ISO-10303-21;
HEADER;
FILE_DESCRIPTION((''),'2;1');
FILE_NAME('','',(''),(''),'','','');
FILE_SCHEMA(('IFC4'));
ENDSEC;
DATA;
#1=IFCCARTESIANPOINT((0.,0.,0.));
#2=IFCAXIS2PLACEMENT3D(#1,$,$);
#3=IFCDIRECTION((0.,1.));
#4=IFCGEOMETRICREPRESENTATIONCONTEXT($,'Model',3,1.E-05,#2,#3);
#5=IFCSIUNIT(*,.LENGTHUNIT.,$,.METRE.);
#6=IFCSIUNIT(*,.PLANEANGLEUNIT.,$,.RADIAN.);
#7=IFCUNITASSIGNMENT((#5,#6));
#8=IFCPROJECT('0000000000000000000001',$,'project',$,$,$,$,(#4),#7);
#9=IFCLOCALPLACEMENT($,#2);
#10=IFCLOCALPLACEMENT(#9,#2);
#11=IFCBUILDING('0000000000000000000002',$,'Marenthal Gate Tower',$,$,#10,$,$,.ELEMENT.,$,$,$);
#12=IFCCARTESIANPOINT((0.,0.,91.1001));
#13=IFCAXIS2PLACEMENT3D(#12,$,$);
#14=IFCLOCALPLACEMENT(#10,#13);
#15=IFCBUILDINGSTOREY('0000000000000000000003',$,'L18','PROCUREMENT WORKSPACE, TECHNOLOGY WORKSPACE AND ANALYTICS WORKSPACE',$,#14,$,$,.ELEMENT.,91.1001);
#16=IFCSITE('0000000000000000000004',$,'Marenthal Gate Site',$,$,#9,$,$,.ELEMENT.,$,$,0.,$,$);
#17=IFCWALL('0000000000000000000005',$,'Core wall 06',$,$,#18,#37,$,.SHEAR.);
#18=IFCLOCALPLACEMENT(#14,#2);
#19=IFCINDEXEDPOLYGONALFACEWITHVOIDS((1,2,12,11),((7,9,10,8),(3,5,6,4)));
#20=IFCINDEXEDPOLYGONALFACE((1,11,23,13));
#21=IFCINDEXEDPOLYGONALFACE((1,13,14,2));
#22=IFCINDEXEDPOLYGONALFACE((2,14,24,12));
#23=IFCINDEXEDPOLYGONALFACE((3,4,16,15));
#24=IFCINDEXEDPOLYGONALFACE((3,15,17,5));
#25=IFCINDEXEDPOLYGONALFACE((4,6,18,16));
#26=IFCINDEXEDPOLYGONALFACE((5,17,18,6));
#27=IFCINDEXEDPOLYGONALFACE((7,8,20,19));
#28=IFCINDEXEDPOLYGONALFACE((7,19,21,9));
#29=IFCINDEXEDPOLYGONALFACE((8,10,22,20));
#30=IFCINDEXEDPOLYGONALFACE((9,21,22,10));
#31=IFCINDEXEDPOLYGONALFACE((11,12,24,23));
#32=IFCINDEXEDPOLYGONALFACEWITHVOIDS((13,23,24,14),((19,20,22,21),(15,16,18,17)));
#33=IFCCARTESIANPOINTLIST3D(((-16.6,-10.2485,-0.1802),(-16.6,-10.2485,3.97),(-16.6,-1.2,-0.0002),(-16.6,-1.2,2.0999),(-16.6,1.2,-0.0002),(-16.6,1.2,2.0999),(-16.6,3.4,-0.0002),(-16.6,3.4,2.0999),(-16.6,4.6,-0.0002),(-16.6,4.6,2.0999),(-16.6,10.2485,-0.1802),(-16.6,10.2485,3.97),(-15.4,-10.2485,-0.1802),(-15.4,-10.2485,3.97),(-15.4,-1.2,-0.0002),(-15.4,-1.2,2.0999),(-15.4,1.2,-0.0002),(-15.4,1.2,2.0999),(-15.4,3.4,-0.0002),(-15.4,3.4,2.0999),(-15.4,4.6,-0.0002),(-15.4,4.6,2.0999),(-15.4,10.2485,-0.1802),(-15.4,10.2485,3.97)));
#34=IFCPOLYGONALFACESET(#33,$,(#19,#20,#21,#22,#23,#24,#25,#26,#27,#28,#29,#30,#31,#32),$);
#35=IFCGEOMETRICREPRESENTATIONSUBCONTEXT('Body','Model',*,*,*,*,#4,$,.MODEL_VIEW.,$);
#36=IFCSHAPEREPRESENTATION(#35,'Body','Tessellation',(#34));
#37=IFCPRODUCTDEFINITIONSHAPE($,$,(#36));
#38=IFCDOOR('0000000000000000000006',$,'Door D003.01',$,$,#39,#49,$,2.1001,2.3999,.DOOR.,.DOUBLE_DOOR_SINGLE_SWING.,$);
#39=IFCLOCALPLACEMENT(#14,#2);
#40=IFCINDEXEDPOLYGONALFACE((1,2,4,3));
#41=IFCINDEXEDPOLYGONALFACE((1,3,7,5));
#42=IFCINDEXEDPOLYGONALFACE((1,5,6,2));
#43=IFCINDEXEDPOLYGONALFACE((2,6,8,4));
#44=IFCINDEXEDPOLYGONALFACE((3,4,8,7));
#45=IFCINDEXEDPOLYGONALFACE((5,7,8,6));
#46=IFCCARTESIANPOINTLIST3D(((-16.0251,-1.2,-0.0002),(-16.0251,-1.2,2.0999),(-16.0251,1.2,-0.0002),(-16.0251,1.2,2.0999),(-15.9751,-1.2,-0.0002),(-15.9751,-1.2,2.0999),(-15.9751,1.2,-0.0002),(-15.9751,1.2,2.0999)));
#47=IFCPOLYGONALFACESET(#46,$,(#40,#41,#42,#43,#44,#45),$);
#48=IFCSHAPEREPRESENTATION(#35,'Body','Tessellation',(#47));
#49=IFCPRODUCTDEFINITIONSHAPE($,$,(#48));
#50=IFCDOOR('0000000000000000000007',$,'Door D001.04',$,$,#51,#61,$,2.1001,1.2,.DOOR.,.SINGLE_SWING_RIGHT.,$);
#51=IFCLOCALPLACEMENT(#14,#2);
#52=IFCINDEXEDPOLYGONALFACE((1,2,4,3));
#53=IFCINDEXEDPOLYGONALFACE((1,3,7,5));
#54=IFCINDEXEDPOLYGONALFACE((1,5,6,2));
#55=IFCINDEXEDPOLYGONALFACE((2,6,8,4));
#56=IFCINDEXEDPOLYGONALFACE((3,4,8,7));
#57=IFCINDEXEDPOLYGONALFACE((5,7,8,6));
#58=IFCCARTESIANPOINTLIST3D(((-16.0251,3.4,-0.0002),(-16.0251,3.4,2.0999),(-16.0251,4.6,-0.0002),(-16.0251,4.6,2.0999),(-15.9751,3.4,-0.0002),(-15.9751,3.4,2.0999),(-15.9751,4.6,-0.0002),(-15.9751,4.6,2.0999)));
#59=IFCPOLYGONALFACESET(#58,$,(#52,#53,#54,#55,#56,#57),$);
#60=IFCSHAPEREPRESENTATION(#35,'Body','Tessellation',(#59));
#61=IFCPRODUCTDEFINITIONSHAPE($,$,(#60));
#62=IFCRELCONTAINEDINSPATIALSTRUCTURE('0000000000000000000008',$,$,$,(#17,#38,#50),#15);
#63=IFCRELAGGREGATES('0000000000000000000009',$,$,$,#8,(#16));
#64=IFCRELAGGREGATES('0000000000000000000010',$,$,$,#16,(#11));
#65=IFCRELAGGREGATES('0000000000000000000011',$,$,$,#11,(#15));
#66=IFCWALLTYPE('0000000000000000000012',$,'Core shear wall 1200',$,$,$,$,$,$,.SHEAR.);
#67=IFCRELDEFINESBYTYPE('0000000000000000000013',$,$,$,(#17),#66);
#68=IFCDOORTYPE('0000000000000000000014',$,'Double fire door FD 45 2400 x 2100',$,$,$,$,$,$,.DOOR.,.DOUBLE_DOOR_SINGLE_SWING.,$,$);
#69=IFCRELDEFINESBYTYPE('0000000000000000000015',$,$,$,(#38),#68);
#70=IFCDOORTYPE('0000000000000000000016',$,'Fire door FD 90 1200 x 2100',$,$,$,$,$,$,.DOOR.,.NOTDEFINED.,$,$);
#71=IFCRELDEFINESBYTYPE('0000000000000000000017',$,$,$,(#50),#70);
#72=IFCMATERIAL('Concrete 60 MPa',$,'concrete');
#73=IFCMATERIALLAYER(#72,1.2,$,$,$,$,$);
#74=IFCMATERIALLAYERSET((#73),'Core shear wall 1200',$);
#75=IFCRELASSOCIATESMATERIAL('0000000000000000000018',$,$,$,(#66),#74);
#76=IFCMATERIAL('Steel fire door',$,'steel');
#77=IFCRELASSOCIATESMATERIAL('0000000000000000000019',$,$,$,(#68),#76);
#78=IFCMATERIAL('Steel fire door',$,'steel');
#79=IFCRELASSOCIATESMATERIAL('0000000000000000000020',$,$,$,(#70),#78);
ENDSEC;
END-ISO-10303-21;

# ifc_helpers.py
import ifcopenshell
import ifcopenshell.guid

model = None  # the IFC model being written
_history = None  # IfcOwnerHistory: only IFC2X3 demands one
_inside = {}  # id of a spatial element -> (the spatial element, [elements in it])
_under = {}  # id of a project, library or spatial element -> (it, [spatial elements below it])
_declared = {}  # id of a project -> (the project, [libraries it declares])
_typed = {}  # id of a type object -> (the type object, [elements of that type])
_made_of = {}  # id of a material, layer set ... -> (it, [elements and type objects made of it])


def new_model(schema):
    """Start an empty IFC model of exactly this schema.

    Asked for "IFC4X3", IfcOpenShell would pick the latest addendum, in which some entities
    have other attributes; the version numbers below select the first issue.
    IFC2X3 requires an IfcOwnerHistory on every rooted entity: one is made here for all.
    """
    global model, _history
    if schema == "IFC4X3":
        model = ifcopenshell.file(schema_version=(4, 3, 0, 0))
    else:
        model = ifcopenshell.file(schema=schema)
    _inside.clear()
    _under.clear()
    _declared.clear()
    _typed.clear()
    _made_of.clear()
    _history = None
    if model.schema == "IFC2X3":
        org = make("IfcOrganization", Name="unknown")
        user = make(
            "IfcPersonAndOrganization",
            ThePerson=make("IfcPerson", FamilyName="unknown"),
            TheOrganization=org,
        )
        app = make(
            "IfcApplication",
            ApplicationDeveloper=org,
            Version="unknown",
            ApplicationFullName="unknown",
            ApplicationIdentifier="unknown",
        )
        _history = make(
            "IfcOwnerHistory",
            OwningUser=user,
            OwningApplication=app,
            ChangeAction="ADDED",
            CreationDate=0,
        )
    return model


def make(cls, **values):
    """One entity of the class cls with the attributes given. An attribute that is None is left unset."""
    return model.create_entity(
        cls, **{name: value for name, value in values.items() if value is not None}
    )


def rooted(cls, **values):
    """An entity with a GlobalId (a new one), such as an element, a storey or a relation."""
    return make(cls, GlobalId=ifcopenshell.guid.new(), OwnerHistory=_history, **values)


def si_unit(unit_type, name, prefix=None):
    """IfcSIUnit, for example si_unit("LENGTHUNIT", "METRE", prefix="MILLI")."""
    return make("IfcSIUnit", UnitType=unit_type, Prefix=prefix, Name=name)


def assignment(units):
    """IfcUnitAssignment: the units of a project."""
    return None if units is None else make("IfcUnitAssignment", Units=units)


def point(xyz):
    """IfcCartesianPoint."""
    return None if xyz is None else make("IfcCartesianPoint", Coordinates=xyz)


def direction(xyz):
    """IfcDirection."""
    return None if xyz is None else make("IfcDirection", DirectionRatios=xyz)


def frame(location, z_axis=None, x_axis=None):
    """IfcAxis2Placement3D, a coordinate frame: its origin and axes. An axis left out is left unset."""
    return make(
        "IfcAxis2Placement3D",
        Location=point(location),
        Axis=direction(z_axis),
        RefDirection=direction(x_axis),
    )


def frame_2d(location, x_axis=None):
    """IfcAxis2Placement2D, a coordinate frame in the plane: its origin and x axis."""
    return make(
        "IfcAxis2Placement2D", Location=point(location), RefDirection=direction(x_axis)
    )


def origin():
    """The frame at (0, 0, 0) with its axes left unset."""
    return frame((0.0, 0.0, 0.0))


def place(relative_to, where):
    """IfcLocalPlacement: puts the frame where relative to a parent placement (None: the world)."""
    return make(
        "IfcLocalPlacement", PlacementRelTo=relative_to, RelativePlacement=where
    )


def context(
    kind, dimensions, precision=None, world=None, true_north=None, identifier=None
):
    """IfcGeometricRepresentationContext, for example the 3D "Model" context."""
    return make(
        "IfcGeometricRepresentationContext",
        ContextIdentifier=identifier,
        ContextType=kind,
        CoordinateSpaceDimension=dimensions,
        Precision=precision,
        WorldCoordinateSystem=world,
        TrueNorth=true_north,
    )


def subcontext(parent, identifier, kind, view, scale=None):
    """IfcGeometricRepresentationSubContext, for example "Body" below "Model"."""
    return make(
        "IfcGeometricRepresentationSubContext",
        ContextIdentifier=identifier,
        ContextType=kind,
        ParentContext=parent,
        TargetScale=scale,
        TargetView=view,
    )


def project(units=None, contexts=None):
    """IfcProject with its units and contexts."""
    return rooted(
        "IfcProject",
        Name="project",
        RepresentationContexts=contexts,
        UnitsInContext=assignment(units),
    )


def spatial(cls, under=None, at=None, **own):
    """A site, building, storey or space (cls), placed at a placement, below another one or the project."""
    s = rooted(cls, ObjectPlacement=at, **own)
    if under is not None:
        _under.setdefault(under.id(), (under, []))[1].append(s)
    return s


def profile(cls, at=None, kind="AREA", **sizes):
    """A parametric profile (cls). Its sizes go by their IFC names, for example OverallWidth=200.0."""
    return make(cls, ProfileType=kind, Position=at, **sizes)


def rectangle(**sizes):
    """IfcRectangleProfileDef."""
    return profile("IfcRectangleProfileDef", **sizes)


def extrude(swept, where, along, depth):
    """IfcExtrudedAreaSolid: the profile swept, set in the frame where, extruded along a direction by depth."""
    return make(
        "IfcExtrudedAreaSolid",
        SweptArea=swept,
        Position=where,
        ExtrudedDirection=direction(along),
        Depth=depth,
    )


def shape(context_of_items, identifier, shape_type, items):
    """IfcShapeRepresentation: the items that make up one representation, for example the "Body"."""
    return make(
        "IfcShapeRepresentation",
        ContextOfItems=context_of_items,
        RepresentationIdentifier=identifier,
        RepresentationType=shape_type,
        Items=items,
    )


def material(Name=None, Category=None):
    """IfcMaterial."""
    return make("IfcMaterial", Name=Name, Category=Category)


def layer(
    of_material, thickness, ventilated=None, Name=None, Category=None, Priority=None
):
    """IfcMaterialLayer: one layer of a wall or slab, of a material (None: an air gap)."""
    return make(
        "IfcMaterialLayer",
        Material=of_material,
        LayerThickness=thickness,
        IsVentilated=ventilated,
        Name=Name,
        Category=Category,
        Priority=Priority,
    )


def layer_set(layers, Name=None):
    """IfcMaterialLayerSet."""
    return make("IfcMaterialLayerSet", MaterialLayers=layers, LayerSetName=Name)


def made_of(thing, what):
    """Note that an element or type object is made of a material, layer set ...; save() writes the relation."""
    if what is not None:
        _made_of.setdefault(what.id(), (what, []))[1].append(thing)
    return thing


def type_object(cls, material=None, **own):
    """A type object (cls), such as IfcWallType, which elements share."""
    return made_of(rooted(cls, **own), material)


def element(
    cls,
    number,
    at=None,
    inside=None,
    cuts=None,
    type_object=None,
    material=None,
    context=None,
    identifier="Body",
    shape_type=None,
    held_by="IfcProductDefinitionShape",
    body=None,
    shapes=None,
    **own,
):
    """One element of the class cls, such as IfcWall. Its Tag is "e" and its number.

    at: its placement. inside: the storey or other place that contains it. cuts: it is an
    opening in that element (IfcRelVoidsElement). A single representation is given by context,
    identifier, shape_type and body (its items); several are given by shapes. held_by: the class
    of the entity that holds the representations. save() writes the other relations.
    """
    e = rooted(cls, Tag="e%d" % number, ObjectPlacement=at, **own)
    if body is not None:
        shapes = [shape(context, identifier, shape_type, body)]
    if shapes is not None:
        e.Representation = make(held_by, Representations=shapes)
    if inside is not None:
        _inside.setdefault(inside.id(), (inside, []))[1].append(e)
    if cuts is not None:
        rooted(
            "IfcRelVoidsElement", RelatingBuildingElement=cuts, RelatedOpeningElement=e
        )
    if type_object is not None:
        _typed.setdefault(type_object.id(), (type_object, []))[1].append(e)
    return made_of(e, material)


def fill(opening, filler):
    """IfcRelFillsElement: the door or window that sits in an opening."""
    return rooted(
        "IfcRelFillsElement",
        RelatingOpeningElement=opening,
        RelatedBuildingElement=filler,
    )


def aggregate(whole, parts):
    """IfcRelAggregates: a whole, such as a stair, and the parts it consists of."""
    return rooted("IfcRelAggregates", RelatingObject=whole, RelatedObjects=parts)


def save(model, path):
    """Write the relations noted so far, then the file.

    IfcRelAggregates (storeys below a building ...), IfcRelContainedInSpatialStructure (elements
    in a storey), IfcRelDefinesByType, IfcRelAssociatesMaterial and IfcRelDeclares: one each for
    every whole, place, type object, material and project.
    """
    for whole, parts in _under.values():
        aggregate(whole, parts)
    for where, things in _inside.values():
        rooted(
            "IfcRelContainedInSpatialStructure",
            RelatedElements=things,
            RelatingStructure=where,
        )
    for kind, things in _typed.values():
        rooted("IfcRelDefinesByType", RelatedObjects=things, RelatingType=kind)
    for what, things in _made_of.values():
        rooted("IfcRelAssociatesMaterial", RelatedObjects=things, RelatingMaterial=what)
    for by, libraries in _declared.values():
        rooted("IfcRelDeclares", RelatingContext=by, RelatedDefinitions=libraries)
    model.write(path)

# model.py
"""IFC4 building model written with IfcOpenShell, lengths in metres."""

from ifc_helpers import new_model, si_unit, direction, frame, frame_2d, origin, place, context, subcontext, project, spatial, rectangle, extrude, material, layer, layer_set, type_object, element, fill, save


model = new_model("IFC4")

# Units and contexts
model_context = context("Model", 3, precision=1e-05, world=origin(), true_north=direction((0.0, 1.0)))
body_context = subcontext(model_context, "Body", "Model", "MODEL_VIEW")
ifc_project = project(units=[si_unit("LENGTHUNIT", "METRE"), si_unit("PLANEANGLEUNIT", "RADIAN")], contexts=[model_context])

# Site, building, storey
site_placement = place(None, origin())
site = spatial("IfcSite", under=ifc_project, at=site_placement, Name="Marenthal Gate Site", CompositionType="ELEMENT", RefElevation=0.0)
building_placement = place(site_placement, origin())
building = spatial("IfcBuilding", under=site, at=building_placement, Name="Marenthal Gate Tower", CompositionType="ELEMENT")
storey_placement = place(building_placement, frame((0.0, 0.0, 91.1001)))
storey = spatial("IfcBuildingStorey", under=building, at=storey_placement, Name="L18", Description="PROCUREMENT WORKSPACE, TECHNOLOGY WORKSPACE AND ANALYTICS WORKSPACE", CompositionType="ELEMENT", Elevation=91.1001)

# Wall, openings, doors
ifc_material_1 = material(Name="Concrete 60 MPa", Category="concrete")
ifc_layer_1 = layer(ifc_material_1, 1.2)
ifc_layer_set_1 = layer_set([ifc_layer_1], Name="Core shear wall 1200")
wall_type_1 = type_object("IfcWallType", Name="Core shear wall 1200", PredefinedType="SHEAR", material=ifc_layer_set_1)
wall_1_placement = place(storey_placement, frame((-16.0, 10.2485, -0.1802), z_axis=(0.0, 0.0, 1.0), x_axis=(0.0, -1.0, 0.0)))
wall_1 = element("IfcWall", 1, at=wall_1_placement, inside=storey, type_object=wall_type_1, Name="Core wall 06", PredefinedType="SHEAR", context=body_context, shape_type="SweptSolid", body=[
    extrude(rectangle(XDim=20.4971, YDim=1.2, at=frame_2d((10.2485, 0.0))), origin(), (0.0, 0.0, 1.0), 4.1501),
])
opening_1_placement = place(wall_1_placement, frame((9.0486, 0.0, 0.1799)))
opening_1 = element("IfcOpeningElement", 2, at=opening_1_placement, cuts=wall_1, PredefinedType="OPENING", context=body_context, shape_type="SweptSolid", body=[
    extrude(rectangle(XDim=2.3999, YDim=2.1001, at=frame_2d((1.2, 1.05))), frame((0.0, 0.6099, 0.0), z_axis=(0.0, -1.0, 0.0), x_axis=(1.0, 0.0, 0.0)), (0.0, 0.0, 1.0), 1.22),
])
opening_2_placement = place(wall_1_placement, frame((5.6484, 0.0, 0.1799)))
opening_2 = element("IfcOpeningElement", 3, at=opening_2_placement, cuts=wall_1, PredefinedType="OPENING", context=body_context, shape_type="SweptSolid", body=[
    extrude(rectangle(XDim=1.2, YDim=2.1001, at=frame_2d((0.6001, 1.05))), frame((0.0, 0.6099, 0.0), z_axis=(0.0, -1.0, 0.0), x_axis=(1.0, 0.0, 0.0)), (0.0, 0.0, 1.0), 1.22),
])
ifc_material_2 = material(Name="Steel fire door", Category="steel")
door_type_1 = type_object("IfcDoorType", Name="Double fire door FD 45 2400 x 2100", OperationType="DOUBLE_DOOR_SINGLE_SWING", PredefinedType="DOOR", material=ifc_material_2)
door_1_placement = place(opening_1_placement, origin())
door_1 = element("IfcDoor", 4, at=door_1_placement, inside=storey, type_object=door_type_1, Name="Door D003.01", OperationType="DOUBLE_DOOR_SINGLE_SWING", OverallHeight=2.1001, OverallWidth=2.3999, PredefinedType="DOOR", context=body_context, shape_type="SweptSolid", body=[
    extrude(rectangle(XDim=2.3999, YDim=2.1001, at=frame_2d((1.2, 1.05))), frame((0.0, 0.0249, 0.0), z_axis=(0.0, -1.0, 0.0), x_axis=(1.0, 0.0, 0.0)), (0.0, 0.0, 1.0), 0.05),
])
fill(opening_1, door_1)
ifc_material_3 = material(Name="Steel fire door", Category="steel")
door_type_2 = type_object("IfcDoorType", Name="Fire door FD 90 1200 x 2100", OperationType="NOTDEFINED", PredefinedType="DOOR", material=ifc_material_3)
door_2_placement = place(opening_2_placement, origin())
door_2 = element("IfcDoor", 5, at=door_2_placement, inside=storey, type_object=door_type_2, Name="Door D001.04", OperationType="SINGLE_SWING_RIGHT", OverallHeight=2.1001, OverallWidth=1.2, PredefinedType="DOOR", context=body_context, shape_type="SweptSolid", body=[
    extrude(rectangle(XDim=1.2, YDim=2.1001, at=frame_2d((0.6001, 1.05))), frame((0.0, 0.0249, 0.0), z_axis=(0.0, -1.0, 0.0), x_axis=(1.0, 0.0, 0.0)), (0.0, 0.0, 1.0), 0.05),
])
fill(opening_2, door_2)

save(model, "model.ifc")
